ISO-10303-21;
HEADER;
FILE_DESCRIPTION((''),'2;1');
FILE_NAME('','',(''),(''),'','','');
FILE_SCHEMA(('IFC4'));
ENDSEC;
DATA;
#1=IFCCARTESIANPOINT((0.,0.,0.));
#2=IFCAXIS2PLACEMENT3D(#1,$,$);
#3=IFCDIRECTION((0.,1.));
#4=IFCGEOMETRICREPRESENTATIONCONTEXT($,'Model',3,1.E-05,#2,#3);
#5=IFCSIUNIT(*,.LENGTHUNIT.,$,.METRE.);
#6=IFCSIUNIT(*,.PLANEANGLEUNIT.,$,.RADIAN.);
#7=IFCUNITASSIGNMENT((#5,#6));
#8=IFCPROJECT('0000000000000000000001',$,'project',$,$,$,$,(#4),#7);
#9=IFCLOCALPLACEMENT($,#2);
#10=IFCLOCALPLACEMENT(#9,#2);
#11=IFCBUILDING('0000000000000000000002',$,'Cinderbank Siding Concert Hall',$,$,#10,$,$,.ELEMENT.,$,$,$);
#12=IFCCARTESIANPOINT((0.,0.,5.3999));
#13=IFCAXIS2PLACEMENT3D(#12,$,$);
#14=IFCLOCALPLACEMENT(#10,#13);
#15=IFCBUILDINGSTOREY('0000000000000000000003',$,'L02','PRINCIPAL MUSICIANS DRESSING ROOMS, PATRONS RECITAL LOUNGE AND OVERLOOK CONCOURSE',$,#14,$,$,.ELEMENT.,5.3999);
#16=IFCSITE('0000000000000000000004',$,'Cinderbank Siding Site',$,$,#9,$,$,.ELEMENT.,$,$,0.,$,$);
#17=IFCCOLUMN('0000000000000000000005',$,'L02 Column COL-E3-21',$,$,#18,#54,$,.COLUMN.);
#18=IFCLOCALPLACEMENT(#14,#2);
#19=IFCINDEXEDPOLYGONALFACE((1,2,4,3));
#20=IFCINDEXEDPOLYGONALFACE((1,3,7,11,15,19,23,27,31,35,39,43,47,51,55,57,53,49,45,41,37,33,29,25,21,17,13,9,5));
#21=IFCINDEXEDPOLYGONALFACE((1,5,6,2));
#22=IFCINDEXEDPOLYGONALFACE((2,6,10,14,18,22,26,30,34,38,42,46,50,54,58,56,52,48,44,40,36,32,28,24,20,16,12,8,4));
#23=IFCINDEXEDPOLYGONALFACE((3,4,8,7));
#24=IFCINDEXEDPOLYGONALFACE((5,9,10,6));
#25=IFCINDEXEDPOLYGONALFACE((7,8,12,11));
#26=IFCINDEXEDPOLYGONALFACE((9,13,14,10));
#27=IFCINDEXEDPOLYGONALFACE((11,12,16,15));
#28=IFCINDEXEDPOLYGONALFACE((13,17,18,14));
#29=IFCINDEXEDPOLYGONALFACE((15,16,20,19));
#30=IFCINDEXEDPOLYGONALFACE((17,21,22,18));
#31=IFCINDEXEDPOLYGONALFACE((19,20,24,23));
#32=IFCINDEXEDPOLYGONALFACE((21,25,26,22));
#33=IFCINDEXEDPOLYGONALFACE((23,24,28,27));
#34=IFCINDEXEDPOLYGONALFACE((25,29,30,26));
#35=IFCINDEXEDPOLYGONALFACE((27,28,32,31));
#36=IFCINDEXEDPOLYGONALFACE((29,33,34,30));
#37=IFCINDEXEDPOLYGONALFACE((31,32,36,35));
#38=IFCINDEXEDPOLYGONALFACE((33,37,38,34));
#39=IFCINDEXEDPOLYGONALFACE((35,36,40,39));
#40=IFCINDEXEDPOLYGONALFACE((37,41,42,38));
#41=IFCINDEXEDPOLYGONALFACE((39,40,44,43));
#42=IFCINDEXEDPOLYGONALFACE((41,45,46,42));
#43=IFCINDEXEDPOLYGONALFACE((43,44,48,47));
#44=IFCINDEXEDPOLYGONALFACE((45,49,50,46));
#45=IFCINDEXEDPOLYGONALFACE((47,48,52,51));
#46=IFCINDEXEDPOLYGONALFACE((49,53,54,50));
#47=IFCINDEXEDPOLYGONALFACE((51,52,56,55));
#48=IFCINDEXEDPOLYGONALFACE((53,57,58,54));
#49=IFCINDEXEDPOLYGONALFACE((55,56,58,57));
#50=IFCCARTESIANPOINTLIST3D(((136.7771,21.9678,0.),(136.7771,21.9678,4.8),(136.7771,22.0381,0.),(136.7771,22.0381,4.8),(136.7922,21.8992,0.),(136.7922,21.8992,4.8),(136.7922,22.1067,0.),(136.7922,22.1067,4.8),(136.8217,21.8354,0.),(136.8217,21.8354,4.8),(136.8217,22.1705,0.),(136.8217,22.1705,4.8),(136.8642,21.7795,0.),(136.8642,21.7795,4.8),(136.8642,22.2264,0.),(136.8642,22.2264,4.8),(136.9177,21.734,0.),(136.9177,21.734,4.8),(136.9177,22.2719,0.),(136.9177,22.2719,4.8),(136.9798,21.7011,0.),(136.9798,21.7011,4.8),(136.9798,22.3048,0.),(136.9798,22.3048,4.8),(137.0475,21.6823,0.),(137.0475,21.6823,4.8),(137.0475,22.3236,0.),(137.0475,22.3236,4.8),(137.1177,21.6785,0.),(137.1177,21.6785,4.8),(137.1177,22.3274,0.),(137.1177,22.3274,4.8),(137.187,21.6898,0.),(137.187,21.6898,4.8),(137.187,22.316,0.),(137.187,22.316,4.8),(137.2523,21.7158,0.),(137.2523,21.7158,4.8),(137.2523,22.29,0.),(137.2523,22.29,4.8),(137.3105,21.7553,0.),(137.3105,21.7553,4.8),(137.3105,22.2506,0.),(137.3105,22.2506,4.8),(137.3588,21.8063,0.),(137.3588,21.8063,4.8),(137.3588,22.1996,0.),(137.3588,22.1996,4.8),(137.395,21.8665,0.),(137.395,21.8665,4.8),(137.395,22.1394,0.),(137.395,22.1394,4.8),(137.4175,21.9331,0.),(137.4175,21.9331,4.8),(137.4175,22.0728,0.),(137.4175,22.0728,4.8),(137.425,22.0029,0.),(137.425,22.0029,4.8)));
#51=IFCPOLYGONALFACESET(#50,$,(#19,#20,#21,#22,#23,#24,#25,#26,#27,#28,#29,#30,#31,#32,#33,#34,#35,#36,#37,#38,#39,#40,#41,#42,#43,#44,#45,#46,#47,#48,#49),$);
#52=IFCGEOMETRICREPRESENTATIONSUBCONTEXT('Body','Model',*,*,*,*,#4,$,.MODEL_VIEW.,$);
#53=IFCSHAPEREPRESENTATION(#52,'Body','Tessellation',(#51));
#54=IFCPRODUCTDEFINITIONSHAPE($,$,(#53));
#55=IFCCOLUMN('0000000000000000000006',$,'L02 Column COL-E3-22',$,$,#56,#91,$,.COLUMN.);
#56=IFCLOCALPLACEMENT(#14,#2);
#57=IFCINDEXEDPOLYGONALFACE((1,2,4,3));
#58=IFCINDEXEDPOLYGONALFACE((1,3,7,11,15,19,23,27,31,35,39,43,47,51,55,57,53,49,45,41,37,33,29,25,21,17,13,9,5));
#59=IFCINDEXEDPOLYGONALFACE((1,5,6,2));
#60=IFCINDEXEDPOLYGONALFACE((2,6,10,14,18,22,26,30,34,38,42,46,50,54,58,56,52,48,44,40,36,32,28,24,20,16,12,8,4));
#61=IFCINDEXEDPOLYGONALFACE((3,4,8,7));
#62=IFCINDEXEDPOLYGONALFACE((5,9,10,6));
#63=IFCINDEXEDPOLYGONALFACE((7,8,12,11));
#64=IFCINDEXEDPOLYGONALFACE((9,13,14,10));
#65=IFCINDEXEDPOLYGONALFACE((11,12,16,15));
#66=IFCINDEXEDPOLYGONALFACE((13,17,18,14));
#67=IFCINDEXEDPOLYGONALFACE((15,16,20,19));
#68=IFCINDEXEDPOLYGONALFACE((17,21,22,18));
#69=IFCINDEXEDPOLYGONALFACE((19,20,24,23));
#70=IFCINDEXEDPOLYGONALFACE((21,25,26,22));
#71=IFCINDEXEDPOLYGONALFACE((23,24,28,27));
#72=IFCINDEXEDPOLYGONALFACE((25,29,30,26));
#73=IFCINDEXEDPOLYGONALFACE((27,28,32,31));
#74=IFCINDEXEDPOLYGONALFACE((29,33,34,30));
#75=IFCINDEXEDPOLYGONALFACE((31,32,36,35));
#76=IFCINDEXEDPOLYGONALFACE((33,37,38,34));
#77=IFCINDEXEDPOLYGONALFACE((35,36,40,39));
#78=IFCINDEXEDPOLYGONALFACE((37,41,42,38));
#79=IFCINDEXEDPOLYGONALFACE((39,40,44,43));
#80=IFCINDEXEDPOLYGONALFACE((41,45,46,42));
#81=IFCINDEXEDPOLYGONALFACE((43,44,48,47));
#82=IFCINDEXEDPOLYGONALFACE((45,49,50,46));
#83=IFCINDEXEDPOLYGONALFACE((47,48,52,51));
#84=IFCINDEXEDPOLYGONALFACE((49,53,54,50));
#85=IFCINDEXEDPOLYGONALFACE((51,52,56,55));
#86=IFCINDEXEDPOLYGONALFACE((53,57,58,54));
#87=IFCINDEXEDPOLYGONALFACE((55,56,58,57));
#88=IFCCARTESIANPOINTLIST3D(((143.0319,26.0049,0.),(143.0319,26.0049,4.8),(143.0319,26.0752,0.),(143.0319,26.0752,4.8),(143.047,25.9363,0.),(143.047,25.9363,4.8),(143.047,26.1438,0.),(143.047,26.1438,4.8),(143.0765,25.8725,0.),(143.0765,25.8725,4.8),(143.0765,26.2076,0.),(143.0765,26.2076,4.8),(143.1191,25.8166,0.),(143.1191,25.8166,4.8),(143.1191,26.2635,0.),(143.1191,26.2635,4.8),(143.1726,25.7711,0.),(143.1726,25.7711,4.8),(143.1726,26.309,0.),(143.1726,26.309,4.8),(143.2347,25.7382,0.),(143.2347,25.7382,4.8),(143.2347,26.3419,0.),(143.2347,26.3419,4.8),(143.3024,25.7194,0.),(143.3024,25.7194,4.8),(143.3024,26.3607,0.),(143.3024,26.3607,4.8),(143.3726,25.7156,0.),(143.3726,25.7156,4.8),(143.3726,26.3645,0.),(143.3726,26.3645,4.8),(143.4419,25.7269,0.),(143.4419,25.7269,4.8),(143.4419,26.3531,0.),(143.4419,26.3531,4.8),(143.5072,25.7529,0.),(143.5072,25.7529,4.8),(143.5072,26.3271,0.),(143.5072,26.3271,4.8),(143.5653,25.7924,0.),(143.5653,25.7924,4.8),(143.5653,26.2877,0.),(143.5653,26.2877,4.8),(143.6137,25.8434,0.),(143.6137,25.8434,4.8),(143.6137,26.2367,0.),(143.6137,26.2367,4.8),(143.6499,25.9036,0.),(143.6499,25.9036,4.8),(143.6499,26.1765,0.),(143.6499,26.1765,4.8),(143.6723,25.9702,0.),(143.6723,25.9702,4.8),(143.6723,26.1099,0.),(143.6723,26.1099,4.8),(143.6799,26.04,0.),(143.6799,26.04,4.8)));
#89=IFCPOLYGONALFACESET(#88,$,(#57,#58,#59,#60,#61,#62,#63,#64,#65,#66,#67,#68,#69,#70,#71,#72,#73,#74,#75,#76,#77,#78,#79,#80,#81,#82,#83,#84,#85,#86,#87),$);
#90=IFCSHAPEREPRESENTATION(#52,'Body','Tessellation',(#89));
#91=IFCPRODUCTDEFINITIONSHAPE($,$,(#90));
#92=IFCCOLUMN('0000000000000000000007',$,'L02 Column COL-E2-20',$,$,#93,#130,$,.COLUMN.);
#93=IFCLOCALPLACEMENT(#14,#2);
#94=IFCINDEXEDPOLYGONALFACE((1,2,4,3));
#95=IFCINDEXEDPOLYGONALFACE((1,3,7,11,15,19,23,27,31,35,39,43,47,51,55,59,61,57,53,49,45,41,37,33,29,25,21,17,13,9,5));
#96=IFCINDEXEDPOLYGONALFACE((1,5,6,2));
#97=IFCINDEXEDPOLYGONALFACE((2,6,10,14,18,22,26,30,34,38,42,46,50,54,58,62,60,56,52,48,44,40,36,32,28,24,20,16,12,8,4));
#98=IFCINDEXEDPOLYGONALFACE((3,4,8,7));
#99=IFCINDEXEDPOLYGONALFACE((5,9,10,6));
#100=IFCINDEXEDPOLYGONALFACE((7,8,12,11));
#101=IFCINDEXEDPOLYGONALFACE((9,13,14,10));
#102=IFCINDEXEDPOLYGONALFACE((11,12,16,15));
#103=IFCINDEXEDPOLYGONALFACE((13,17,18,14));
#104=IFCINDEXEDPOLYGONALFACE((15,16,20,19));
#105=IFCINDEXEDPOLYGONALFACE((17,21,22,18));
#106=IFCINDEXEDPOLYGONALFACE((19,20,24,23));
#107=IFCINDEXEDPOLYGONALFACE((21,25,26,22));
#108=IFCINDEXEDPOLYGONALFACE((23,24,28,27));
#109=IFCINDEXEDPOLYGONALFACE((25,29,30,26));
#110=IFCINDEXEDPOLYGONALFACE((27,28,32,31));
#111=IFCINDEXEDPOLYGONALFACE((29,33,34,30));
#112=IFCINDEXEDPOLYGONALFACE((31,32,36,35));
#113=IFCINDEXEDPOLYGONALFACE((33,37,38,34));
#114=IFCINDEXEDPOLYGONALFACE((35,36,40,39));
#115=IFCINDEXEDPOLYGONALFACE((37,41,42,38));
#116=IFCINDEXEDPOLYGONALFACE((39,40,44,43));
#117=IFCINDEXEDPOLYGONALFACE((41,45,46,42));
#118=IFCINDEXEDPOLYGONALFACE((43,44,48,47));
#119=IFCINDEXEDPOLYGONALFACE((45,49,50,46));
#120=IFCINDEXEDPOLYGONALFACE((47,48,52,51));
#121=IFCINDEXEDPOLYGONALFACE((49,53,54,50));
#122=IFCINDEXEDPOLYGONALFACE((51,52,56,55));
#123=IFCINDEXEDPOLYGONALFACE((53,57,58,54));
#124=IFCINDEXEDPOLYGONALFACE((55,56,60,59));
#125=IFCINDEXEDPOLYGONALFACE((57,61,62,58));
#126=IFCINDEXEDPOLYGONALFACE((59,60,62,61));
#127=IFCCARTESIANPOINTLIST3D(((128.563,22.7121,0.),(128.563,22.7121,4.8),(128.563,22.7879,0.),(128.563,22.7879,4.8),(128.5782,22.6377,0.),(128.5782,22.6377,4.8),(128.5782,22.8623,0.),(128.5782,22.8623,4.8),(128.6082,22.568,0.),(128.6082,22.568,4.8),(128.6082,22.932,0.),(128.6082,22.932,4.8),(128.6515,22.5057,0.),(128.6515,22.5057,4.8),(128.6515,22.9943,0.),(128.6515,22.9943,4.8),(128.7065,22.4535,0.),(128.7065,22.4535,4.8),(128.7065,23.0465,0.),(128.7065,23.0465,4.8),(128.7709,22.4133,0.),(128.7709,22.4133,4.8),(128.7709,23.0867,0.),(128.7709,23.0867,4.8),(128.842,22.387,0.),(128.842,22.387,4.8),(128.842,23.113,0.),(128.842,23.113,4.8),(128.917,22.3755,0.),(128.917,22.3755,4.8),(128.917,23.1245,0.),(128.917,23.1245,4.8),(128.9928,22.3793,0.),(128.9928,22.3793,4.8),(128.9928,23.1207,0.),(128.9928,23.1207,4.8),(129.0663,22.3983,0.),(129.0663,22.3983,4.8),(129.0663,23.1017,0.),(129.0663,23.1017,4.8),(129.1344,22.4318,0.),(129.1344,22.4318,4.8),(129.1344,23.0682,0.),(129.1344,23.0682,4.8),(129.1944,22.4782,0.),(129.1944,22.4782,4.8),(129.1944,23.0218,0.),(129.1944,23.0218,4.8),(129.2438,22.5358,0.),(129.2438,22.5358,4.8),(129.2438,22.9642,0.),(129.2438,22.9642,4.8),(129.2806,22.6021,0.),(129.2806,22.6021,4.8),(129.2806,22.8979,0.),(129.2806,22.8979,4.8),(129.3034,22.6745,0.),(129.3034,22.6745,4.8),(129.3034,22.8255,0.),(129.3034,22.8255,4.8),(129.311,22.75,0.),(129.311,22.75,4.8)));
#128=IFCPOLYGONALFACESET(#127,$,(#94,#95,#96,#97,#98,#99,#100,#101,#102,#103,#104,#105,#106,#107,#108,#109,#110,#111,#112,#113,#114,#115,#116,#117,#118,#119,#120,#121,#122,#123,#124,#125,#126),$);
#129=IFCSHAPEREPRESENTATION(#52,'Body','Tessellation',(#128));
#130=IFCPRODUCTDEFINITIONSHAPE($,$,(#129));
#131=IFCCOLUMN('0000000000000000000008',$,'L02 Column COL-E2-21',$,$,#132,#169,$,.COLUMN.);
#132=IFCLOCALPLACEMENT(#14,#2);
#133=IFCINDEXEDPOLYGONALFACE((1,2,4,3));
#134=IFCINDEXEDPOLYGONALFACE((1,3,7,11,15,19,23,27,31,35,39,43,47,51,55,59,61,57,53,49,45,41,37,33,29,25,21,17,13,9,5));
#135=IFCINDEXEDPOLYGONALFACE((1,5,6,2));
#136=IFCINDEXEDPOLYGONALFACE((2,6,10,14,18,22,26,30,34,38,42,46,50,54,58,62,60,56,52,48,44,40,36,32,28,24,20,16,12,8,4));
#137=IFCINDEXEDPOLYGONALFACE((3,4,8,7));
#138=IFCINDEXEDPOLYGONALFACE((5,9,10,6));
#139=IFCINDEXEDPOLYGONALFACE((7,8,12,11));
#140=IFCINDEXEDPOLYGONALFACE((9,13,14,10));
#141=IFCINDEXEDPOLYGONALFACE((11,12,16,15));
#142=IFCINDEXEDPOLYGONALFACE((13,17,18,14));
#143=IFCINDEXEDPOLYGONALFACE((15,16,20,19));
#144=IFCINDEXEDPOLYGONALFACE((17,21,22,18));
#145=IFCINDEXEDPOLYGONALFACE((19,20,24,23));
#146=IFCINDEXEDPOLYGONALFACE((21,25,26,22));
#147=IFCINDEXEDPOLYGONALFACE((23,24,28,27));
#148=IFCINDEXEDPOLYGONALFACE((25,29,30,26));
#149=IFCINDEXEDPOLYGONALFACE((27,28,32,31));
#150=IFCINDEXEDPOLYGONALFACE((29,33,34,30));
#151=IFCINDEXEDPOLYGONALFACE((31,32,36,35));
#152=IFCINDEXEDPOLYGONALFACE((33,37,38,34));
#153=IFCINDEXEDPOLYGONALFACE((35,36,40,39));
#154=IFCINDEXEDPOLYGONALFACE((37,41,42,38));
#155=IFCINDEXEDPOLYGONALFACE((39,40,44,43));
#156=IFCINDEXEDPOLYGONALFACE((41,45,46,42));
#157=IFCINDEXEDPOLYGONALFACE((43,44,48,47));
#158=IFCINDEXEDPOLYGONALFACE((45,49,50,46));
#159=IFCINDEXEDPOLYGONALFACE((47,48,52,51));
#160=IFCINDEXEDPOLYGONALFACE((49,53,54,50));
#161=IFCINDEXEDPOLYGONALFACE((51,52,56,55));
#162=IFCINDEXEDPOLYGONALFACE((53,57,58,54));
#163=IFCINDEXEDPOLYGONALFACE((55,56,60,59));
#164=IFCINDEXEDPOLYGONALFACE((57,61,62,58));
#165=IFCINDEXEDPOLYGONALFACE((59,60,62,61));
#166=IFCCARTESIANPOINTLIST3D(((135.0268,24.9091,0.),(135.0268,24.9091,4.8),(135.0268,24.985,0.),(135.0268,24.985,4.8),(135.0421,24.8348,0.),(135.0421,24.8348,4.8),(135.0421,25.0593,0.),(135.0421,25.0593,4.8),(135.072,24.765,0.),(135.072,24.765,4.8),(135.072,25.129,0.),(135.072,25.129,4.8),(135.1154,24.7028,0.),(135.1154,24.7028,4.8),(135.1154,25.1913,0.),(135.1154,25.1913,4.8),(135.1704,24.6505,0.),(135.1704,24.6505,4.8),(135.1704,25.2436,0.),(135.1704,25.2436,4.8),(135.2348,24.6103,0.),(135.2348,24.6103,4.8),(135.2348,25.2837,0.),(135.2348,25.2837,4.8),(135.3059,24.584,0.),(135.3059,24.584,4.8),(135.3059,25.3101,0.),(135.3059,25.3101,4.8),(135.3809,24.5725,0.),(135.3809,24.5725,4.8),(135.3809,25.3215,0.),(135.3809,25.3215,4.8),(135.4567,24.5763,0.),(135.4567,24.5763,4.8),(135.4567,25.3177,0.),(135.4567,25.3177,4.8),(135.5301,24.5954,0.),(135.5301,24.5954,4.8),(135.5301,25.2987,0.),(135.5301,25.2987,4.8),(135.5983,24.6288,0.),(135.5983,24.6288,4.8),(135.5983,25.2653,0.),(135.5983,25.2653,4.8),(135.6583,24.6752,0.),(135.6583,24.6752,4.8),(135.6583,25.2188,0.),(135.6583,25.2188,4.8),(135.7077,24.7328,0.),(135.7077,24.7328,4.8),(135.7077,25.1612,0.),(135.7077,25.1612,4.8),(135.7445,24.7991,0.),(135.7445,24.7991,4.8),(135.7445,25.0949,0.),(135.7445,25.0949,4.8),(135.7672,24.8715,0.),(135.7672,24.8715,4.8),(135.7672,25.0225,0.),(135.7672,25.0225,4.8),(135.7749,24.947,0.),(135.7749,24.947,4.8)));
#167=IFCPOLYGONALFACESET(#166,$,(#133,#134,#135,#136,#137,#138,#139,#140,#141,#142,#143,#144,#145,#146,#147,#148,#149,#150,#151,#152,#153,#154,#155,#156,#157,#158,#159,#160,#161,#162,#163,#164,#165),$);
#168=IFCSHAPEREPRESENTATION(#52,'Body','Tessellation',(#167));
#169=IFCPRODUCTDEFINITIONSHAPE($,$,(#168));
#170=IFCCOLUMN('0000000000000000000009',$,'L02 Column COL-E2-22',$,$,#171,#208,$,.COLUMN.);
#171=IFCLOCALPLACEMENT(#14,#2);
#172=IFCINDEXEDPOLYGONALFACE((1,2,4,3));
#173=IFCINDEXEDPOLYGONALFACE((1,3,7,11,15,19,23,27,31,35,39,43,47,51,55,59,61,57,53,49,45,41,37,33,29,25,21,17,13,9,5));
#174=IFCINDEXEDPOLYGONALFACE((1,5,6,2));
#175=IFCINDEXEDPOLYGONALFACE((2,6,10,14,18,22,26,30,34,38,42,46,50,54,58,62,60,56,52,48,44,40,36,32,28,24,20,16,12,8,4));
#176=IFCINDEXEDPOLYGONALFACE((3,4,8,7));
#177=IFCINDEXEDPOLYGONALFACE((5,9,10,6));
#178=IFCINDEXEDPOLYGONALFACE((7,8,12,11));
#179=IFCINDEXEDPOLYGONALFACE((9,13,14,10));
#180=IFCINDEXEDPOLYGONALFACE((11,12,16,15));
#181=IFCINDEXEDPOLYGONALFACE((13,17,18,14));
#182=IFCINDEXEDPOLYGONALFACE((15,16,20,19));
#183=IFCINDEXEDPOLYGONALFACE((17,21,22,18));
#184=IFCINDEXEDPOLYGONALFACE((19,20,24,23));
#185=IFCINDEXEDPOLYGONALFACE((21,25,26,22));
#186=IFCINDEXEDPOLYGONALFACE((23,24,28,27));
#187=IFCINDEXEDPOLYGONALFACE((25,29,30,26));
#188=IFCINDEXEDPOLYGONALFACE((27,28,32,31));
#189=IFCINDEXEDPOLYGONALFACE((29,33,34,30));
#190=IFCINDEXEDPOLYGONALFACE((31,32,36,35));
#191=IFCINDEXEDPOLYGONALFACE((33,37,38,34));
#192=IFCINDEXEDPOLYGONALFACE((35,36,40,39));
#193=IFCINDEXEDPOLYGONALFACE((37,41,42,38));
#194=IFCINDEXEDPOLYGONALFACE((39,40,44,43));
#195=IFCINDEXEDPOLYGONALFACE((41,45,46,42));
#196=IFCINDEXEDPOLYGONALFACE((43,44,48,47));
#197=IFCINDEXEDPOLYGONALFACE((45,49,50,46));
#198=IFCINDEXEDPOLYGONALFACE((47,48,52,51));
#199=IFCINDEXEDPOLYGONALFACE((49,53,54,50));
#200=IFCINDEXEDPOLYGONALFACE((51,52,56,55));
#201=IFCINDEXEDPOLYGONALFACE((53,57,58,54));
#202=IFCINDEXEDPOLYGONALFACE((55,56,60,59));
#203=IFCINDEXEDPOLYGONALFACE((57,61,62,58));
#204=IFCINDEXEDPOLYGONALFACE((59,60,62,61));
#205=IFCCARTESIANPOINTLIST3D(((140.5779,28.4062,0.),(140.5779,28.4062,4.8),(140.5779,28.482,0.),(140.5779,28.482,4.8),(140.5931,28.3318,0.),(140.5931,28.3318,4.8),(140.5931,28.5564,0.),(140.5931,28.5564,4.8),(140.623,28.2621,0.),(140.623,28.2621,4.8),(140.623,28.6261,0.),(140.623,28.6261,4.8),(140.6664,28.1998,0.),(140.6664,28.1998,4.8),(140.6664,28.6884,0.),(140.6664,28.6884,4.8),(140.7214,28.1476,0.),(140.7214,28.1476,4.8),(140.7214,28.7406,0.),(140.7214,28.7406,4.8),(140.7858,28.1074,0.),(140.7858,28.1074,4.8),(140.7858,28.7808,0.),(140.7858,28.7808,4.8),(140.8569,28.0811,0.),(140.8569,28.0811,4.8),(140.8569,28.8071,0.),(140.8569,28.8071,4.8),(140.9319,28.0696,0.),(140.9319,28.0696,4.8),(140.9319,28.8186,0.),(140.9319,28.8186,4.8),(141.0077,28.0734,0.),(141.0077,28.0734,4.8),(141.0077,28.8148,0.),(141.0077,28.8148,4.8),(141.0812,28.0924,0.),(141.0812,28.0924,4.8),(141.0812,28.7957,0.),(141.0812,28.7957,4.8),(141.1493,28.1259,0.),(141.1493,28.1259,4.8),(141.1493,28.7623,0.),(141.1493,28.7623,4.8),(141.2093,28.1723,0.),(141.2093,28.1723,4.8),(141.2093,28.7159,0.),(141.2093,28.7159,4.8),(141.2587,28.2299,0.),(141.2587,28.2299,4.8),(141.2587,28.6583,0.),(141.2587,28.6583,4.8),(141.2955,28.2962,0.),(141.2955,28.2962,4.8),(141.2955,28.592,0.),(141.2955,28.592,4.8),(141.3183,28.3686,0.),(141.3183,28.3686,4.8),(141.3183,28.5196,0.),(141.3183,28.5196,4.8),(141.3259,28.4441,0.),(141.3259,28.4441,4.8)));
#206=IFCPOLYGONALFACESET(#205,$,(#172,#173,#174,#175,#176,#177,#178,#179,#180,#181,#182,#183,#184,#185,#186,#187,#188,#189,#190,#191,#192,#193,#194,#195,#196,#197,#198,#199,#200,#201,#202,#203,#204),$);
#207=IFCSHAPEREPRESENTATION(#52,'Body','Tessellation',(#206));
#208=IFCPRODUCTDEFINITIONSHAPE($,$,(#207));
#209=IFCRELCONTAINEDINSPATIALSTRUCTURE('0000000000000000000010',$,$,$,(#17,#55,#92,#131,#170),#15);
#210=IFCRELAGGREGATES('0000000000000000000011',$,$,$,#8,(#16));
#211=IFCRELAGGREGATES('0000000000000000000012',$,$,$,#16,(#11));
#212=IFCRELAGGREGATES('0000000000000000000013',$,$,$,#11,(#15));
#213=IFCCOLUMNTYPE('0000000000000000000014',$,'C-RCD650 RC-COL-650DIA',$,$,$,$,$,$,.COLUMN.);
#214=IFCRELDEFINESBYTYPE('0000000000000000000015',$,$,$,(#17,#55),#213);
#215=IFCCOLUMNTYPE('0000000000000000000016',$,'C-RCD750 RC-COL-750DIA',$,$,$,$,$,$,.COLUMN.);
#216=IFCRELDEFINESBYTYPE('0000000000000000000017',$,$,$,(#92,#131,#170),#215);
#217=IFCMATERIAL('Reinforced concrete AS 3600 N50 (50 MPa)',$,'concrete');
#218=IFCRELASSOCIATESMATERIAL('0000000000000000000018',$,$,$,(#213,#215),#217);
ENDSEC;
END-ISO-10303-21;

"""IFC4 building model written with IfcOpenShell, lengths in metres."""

from ifc_helpers import new_model, si_unit, direction, frame, origin, origin_2d, place, context, subcontext, project, spatial, circle, extrude, material, material_profile, profile_set, type_object, element, save


model = new_model("IFC4")

# Units and contexts
model_context = context("Model", 3, precision=1e-05, world=origin(), true_north=direction((0.0, 1.0)))
body_context = subcontext(model_context, "Body", "Model", "MODEL_VIEW")
ifc_project = project(units=[si_unit("LENGTHUNIT", "METRE"), si_unit("PLANEANGLEUNIT", "RADIAN")], contexts=[model_context])

# Site, building, storey
site_placement = place(None, origin())
site = spatial("IfcSite", under=ifc_project, at=site_placement, Name="Cinderbank Siding Site", CompositionType="ELEMENT", RefElevation=0.0)
building_placement = place(site_placement, origin())
building = spatial("IfcBuilding", under=site, at=building_placement, Name="Cinderbank Siding Concert Hall", CompositionType="ELEMENT")
storey_placement = place(building_placement, frame((0.0, 0.0, 5.3999)))
storey = spatial("IfcBuildingStorey", under=building, at=storey_placement, Name="L02", Description="PRINCIPAL MUSICIANS DRESSING ROOMS, PATRONS RECITAL LOUNGE AND OVERLOOK CONCOURSE", CompositionType="ELEMENT", Elevation=5.3999)

# Columns
ifc_material_1 = material(Name="Reinforced concrete AS 3600 N50 (50 MPa)", Category="concrete")
ifc_material_profile_1 = material_profile(ifc_material_1, circle(Radius=0.325, at=origin_2d()), Name="RC-COL-650DIA", Category="LoadBearing")
ifc_profile_set_1 = profile_set([ifc_material_profile_1], Name="Reinforced concrete AS 3600 N50 (50 MPa)")
column_type_1 = type_object("IfcColumnType", Name="C-RCD650 RC-COL-650DIA", PredefinedType="COLUMN", material=ifc_profile_set_1)
for number, where, z_axis, x_axis, name in (
    (1, (137.1001, 22.0029, 0.0), (0.0, 0.0, 1.0), (1.0, 0.0, 0.0), "L02 Column COL-E3-21"),
    (2, (143.355, 26.04, 0.0), (0.0, 0.0, 1.0), (1.0, 0.0, 0.0), "L02 Column COL-E3-22"),
):
    element("IfcColumn", number, at=place(storey_placement, frame(where, z_axis=z_axis, x_axis=x_axis)), inside=storey, type_object=column_type_1, Name=name, PredefinedType="COLUMN", context=body_context, shape_type="SweptSolid", body=[
        extrude(circle(Radius=0.325, at=origin_2d()), origin(), (0.0, 0.0, 1.0), 4.8),
    ])
ifc_material_profile_2 = material_profile(ifc_material_1, circle(Radius=0.375, at=origin_2d()), Name="RC-COL-750DIA", Category="LoadBearing")
ifc_profile_set_2 = profile_set([ifc_material_profile_2], Name="Reinforced concrete AS 3600 N50 (50 MPa)")
column_type_2 = type_object("IfcColumnType", Name="C-RCD750 RC-COL-750DIA", PredefinedType="COLUMN", material=ifc_profile_set_2)
for number, where, z_axis, x_axis, name in (
    (3, (128.936, 22.75, 0.0), (0.0, 0.0, 1.0), (1.0, 0.0, 0.0), "L02 Column COL-E2-20"),
    (4, (135.3999, 24.947, 0.0), (0.0, 0.0, 1.0), (1.0, 0.0, 0.0), "L02 Column COL-E2-21"),
    (5, (140.9509, 28.4441, 0.0), (0.0, 0.0, 1.0), (1.0, 0.0, 0.0), "L02 Column COL-E2-22"),
):
    element("IfcColumn", number, at=place(storey_placement, frame(where, z_axis=z_axis, x_axis=x_axis)), inside=storey, type_object=column_type_2, Name=name, PredefinedType="COLUMN", context=body_context, shape_type="SweptSolid", body=[
        extrude(circle(Radius=0.375, at=origin_2d()), origin(), (0.0, 0.0, 1.0), 4.8),
    ])

save(model, "model.ifc")
